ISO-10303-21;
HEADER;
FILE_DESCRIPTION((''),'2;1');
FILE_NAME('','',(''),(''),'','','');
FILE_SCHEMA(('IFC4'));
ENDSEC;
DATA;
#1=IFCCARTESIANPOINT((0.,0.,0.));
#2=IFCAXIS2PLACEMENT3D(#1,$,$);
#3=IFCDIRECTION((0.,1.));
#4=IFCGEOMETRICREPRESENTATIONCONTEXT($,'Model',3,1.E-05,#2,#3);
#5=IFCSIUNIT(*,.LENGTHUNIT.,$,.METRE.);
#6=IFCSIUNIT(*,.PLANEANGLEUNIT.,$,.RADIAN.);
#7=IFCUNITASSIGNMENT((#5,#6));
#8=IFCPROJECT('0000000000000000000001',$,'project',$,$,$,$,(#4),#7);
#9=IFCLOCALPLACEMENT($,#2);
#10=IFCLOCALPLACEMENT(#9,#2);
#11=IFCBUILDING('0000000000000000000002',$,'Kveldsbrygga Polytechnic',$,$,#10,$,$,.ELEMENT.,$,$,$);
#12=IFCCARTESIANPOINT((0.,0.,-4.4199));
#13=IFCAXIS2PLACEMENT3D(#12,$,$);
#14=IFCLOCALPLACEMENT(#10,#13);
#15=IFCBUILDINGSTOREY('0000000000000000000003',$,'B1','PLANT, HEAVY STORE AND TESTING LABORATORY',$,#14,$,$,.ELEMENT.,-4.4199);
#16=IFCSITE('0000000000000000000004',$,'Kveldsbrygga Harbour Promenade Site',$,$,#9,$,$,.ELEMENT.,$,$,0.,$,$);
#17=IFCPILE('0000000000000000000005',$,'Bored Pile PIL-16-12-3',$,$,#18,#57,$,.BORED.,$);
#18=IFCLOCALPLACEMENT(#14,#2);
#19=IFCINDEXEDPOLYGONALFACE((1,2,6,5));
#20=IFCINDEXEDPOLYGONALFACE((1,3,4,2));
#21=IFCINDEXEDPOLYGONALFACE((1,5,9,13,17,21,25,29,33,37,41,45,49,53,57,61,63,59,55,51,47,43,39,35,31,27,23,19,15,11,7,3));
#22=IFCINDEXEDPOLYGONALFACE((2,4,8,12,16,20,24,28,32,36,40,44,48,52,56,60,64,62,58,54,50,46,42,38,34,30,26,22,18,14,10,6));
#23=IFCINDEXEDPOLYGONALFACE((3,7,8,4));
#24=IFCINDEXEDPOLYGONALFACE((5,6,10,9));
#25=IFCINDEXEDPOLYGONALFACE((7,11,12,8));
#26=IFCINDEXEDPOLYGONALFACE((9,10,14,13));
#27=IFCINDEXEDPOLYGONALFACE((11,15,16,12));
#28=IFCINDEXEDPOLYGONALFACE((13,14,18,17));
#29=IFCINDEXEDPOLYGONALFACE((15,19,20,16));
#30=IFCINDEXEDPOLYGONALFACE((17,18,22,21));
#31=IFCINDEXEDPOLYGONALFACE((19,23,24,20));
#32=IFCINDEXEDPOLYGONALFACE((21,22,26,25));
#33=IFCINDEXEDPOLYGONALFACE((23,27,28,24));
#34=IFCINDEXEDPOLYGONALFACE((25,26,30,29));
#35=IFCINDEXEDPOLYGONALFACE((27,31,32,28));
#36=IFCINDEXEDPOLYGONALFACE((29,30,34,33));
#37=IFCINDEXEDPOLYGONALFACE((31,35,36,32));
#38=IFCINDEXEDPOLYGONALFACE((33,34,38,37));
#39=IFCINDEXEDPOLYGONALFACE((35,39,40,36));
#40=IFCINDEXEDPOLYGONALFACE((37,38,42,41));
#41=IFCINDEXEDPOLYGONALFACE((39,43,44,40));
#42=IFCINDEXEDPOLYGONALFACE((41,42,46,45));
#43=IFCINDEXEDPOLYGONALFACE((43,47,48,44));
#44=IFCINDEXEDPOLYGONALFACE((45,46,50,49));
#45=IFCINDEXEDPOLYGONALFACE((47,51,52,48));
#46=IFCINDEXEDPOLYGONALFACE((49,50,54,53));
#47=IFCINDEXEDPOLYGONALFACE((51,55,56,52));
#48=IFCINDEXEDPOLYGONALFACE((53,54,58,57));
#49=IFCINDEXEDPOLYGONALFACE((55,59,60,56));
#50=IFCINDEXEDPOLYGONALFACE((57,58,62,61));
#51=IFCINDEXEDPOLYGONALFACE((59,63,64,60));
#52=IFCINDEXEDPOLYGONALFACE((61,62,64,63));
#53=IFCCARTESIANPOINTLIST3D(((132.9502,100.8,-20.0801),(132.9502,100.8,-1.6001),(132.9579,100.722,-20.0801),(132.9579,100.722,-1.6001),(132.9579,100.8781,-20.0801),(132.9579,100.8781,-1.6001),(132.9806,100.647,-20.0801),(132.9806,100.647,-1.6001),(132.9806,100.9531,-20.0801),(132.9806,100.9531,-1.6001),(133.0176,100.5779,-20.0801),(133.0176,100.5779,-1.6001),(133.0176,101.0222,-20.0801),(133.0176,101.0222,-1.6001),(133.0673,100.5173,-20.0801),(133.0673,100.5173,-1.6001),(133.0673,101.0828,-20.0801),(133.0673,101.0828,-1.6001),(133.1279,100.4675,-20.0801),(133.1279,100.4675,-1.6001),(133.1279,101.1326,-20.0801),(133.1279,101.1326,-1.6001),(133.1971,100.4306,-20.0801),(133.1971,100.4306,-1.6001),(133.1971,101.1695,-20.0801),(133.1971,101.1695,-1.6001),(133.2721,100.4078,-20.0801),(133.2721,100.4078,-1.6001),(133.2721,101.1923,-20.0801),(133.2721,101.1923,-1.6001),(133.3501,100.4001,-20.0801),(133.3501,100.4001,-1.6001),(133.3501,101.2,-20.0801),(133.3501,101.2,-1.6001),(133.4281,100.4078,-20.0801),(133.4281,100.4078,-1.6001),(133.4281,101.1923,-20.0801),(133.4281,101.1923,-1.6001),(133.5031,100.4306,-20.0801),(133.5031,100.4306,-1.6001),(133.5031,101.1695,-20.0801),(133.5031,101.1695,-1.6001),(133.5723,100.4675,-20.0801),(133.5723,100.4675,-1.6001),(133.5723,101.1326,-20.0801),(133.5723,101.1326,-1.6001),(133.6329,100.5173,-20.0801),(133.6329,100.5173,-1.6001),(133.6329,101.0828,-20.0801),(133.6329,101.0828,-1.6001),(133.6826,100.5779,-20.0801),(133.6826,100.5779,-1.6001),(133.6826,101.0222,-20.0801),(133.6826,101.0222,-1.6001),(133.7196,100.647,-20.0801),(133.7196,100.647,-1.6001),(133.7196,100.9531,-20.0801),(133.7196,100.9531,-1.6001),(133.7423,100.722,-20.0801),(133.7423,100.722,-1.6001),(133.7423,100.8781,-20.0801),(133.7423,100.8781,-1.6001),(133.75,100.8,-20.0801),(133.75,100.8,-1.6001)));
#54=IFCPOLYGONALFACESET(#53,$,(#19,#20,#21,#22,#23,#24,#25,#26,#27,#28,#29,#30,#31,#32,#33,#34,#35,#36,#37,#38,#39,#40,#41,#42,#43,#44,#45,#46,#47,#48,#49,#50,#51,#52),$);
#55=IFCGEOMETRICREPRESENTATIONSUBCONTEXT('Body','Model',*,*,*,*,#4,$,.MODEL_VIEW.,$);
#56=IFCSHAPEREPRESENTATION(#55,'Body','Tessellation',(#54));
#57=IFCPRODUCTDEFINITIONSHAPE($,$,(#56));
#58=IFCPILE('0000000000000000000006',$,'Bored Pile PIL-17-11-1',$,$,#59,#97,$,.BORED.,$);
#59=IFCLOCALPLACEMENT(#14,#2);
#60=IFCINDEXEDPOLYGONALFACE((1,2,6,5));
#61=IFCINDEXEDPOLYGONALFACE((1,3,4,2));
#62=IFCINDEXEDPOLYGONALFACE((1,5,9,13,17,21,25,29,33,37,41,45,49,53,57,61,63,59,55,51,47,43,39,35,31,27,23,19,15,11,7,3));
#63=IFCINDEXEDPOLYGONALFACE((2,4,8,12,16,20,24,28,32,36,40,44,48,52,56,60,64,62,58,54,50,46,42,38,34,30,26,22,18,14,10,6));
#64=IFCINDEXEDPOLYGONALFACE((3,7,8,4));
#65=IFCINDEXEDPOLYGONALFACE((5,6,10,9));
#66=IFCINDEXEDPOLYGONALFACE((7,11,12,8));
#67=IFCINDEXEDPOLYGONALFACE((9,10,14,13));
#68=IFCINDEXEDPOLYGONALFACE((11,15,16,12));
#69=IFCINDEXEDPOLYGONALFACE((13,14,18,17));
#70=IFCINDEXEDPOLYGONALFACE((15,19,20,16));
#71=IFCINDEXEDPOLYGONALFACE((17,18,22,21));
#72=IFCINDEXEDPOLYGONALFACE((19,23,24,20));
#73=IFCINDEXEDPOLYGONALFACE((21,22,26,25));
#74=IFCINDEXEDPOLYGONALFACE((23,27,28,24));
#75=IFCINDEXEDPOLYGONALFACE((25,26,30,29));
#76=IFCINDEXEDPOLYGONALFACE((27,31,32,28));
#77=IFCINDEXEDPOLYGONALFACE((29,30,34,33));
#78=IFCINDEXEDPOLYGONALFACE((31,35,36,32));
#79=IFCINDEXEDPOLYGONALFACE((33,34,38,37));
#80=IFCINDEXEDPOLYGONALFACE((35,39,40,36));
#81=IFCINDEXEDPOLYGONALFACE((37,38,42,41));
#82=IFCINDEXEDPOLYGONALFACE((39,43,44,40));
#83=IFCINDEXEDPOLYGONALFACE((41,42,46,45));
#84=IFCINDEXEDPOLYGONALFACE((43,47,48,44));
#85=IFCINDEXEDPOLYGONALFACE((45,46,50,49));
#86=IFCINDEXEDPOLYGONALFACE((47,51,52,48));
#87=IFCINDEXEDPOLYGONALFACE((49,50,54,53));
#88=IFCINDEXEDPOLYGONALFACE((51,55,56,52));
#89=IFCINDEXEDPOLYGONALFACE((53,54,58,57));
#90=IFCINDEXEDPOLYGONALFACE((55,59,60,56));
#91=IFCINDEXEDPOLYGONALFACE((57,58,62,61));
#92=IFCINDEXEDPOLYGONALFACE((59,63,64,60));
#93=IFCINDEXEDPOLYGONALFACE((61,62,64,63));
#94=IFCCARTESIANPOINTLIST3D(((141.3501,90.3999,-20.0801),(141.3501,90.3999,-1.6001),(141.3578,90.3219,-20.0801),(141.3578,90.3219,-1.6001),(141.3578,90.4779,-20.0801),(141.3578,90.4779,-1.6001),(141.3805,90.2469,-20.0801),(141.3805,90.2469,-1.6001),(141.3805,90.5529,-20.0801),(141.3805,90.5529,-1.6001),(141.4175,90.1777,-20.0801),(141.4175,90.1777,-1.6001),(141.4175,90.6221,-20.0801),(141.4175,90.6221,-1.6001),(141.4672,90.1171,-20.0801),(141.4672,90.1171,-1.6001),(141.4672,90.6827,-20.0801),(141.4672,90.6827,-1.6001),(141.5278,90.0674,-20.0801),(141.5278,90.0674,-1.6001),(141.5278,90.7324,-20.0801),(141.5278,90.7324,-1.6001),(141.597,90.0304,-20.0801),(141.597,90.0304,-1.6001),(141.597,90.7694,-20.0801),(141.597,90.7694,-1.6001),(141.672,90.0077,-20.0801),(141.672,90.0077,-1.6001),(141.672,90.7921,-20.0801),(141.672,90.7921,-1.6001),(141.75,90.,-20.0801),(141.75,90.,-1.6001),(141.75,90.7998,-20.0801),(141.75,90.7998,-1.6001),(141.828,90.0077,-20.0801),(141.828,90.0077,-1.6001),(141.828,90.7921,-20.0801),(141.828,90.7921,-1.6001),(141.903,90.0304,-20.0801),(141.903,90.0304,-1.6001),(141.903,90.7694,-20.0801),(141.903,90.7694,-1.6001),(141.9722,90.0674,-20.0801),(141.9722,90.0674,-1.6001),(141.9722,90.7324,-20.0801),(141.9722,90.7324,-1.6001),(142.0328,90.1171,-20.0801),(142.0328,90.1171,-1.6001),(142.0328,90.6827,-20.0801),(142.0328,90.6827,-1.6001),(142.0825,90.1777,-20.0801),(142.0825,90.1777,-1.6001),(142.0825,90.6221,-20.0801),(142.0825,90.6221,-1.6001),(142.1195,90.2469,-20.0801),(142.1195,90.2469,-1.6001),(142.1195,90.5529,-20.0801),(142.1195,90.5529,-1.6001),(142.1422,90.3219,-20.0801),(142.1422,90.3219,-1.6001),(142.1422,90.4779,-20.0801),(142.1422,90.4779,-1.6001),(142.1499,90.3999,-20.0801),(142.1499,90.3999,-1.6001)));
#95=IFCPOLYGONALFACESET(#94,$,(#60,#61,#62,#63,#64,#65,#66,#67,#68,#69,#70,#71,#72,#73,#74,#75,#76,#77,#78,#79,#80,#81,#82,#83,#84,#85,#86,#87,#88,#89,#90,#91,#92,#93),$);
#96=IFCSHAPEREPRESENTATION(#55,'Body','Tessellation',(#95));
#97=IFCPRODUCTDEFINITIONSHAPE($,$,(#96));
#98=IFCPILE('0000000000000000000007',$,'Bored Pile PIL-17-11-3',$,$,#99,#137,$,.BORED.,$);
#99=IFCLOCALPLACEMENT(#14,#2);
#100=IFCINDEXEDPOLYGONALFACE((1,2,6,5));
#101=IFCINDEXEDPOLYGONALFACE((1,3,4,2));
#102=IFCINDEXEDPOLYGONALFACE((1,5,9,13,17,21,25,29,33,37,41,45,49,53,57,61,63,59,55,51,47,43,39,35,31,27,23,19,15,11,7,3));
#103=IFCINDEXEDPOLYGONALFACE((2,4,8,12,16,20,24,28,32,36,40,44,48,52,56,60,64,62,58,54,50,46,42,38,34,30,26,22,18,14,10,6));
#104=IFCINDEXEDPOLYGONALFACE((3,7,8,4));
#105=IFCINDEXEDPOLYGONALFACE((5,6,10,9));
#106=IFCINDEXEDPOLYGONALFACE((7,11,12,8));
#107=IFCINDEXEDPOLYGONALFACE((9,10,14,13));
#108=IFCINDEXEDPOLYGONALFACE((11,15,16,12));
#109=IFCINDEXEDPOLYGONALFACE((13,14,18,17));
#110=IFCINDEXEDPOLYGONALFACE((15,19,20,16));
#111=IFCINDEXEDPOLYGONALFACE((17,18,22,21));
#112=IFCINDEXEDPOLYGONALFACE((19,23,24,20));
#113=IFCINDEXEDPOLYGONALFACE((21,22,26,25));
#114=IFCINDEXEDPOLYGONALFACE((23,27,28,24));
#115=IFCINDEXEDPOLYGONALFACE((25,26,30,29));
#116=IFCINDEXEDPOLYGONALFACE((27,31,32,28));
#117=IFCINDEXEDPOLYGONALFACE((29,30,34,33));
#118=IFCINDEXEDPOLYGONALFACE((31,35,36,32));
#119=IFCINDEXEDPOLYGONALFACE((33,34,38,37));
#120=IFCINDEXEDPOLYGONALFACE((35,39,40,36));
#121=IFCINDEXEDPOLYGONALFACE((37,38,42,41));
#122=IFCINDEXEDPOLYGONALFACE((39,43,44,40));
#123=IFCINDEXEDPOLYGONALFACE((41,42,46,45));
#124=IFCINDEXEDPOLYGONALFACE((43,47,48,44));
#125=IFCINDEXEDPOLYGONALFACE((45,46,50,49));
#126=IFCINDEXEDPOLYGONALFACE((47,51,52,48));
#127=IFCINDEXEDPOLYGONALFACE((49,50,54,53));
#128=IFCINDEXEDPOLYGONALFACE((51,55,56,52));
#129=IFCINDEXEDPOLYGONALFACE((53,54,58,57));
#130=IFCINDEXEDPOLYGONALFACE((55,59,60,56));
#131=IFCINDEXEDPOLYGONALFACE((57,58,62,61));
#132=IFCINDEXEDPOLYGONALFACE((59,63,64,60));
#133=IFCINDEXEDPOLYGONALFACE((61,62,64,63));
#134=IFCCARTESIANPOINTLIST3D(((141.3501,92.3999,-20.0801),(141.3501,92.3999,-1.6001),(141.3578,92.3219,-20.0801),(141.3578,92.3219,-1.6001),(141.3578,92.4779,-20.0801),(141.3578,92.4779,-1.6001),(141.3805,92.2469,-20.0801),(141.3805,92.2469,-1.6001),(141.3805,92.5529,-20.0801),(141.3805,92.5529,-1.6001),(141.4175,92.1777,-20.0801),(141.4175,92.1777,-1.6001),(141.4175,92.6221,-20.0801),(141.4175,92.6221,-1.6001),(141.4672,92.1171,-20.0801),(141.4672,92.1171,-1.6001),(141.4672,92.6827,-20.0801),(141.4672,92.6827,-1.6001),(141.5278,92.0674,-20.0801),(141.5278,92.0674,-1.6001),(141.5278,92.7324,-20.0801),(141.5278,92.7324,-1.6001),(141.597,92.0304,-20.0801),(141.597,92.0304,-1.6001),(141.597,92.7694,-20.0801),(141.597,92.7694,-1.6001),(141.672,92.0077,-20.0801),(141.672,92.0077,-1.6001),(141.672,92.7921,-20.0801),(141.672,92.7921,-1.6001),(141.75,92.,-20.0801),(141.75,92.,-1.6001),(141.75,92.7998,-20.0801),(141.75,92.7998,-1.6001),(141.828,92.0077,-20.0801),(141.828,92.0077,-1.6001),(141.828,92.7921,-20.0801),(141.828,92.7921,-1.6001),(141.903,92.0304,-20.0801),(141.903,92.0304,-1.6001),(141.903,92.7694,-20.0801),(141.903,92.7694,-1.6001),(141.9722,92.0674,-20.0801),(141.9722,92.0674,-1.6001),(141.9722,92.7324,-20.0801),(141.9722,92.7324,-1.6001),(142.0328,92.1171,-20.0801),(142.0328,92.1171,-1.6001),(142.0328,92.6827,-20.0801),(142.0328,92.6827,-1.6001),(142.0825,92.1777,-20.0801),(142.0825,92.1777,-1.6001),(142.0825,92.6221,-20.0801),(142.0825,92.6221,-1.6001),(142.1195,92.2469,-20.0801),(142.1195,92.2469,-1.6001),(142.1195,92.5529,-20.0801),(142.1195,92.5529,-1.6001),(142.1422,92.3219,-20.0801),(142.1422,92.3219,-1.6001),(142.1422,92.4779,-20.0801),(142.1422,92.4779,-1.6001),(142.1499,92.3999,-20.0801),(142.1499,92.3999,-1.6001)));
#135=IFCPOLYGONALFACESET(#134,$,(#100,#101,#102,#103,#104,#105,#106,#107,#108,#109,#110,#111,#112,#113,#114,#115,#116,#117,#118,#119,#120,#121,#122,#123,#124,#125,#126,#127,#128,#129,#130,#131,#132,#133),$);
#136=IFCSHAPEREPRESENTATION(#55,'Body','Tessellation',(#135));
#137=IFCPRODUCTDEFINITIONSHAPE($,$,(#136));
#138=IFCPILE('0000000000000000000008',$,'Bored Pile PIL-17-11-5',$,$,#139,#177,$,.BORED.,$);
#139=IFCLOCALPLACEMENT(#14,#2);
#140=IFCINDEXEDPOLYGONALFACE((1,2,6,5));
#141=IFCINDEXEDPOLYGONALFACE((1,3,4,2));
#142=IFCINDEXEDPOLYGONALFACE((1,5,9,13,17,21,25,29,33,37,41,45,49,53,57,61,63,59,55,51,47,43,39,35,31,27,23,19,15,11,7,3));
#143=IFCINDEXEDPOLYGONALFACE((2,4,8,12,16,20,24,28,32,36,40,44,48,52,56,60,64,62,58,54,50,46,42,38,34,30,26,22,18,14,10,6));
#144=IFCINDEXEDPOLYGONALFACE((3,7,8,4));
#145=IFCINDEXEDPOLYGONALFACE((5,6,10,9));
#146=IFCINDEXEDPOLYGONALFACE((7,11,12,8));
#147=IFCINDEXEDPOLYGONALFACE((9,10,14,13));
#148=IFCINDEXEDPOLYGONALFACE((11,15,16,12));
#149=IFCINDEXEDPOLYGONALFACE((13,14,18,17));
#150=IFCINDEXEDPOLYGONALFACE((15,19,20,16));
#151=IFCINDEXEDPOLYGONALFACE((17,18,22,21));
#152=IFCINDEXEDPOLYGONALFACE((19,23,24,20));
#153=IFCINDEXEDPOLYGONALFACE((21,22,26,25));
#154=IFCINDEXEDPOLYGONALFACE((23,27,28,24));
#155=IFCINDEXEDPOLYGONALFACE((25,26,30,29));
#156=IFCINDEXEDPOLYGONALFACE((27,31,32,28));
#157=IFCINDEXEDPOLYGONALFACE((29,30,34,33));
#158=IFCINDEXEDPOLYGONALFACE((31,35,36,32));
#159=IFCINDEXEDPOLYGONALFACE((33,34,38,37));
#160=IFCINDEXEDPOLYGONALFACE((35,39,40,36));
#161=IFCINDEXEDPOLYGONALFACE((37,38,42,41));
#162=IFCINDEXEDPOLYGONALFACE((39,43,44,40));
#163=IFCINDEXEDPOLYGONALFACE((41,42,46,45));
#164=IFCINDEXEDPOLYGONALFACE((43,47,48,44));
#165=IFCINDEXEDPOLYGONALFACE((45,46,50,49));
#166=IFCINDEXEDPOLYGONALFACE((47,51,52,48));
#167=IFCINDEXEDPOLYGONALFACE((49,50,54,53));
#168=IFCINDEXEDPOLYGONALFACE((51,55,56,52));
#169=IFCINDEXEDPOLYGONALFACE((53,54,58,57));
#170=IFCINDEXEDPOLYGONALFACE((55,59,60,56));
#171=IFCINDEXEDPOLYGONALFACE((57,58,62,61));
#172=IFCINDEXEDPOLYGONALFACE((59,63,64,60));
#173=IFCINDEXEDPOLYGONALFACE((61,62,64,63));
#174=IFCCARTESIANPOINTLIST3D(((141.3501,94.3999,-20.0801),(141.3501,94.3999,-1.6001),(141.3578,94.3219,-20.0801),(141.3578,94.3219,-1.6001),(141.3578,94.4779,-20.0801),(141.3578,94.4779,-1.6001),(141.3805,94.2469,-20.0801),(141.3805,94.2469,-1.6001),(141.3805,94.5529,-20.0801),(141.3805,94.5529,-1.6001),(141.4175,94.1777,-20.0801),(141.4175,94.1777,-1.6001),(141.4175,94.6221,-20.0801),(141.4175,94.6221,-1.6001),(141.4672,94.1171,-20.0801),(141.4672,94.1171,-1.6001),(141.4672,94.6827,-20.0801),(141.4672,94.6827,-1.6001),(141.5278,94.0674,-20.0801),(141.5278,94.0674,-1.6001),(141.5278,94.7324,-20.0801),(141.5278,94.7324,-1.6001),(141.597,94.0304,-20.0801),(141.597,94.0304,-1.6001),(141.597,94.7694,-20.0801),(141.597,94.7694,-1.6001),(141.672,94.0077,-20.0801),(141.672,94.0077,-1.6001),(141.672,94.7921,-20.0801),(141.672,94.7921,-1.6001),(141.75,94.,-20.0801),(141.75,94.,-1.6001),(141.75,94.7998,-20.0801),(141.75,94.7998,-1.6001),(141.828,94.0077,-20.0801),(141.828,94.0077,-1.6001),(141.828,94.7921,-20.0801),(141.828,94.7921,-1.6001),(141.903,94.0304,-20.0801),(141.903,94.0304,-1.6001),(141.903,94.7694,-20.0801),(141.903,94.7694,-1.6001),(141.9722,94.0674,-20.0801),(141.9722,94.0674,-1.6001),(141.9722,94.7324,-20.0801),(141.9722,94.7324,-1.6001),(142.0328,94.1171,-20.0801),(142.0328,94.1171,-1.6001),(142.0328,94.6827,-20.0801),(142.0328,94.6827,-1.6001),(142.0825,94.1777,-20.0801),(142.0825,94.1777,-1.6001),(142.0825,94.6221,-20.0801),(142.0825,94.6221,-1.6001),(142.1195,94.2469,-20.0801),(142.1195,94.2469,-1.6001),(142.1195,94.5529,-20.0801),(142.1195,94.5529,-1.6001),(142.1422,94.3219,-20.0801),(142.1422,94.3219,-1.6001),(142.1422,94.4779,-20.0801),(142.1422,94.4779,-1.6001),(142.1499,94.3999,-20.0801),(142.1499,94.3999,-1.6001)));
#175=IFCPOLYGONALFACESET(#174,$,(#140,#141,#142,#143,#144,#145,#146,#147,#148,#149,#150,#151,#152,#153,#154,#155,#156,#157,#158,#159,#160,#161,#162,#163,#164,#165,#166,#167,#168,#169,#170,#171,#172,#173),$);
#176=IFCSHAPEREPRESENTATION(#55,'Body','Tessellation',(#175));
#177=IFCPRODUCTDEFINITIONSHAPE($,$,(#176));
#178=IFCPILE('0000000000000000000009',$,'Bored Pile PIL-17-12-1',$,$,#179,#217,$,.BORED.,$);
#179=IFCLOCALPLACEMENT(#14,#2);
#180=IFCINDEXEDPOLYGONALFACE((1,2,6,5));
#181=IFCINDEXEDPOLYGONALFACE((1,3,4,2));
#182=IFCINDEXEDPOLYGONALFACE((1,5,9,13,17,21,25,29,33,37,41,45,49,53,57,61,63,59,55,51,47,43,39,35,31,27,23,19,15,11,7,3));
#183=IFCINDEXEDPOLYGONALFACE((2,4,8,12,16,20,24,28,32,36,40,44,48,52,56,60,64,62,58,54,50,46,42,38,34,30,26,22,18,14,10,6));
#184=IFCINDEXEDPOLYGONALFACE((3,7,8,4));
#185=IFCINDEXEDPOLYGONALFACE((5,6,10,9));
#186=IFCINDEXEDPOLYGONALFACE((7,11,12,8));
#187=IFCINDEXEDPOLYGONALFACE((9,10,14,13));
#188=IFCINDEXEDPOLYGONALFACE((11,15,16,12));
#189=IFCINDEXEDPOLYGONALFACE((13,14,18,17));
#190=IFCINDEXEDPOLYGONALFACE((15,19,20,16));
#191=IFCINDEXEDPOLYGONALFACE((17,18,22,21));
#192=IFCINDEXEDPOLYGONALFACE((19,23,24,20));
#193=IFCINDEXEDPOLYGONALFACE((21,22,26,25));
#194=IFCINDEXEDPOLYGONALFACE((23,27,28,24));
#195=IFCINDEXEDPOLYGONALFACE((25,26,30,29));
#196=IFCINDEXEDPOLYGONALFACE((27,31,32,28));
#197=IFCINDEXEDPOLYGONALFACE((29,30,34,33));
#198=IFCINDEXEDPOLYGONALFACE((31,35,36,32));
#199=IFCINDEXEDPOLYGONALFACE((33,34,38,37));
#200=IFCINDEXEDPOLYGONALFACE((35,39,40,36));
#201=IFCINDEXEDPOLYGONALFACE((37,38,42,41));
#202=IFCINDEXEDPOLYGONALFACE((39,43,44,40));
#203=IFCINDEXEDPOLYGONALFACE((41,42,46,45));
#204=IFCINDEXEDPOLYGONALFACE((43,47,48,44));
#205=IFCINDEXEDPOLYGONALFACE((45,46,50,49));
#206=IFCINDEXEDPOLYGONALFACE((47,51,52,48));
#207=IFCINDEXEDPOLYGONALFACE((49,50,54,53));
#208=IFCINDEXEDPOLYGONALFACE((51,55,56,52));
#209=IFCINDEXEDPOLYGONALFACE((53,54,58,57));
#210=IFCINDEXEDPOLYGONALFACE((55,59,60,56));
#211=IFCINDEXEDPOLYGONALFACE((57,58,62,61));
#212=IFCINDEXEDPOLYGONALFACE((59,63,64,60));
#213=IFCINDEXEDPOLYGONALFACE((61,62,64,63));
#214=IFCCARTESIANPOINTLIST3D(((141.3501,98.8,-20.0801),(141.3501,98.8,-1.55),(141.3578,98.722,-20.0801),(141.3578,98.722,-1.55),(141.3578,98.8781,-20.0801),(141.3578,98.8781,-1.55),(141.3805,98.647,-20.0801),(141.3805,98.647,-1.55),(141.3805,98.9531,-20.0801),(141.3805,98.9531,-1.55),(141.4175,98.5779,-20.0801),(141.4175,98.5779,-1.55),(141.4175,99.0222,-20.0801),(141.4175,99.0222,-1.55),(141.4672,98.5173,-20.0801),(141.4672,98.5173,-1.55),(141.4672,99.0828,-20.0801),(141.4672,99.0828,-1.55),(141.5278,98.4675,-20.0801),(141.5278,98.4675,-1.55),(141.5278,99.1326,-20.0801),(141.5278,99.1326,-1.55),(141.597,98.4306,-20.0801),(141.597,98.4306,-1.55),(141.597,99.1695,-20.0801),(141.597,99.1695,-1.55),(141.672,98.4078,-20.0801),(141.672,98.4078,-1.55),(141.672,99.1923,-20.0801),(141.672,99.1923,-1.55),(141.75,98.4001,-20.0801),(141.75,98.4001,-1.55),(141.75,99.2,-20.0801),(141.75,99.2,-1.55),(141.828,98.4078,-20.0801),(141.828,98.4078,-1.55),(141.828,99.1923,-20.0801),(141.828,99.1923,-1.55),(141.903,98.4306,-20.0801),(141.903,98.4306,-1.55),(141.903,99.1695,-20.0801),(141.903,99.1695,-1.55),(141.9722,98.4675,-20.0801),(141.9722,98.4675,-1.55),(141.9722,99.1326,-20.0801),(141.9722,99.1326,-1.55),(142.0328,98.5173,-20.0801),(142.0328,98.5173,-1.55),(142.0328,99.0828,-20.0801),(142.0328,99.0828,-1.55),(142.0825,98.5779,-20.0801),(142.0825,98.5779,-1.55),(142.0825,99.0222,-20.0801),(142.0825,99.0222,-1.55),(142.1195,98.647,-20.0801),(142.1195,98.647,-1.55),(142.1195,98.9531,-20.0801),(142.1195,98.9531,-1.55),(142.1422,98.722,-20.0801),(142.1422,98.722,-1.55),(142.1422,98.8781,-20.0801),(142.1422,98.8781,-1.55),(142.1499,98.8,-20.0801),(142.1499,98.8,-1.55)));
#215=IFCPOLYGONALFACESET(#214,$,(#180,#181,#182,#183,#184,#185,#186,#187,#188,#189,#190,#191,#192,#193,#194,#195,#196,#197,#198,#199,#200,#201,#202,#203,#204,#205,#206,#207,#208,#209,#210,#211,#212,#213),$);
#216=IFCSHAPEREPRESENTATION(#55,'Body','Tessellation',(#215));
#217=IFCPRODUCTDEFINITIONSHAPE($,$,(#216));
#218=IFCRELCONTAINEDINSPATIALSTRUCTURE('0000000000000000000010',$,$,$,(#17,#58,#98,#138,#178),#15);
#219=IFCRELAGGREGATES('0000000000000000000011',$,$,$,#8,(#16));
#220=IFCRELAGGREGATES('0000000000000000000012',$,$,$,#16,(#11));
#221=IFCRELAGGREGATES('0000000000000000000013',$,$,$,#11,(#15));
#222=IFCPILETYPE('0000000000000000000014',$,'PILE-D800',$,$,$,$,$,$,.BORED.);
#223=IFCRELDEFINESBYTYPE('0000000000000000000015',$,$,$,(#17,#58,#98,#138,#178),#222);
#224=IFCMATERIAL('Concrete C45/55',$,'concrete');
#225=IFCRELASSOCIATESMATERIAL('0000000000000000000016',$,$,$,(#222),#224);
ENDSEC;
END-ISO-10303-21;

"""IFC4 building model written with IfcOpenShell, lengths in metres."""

from ifc_helpers import new_model, si_unit, direction, frame, origin, origin_2d, place, context, subcontext, project, spatial, circle, extrude, material, material_profile, profile_set, type_object, element, save


model = new_model("IFC4")

# Units and contexts
model_context = context("Model", 3, precision=1e-05, world=origin(), true_north=direction((0.0, 1.0)))
body_context = subcontext(model_context, "Body", "Model", "MODEL_VIEW")
ifc_project = project(units=[si_unit("LENGTHUNIT", "METRE"), si_unit("PLANEANGLEUNIT", "RADIAN")], contexts=[model_context])

# Site, building, storey
site_placement = place(None, origin())
site = spatial("IfcSite", under=ifc_project, at=site_placement, Name="Kveldsbrygga Harbour Promenade Site", CompositionType="ELEMENT", RefElevation=0.0)
building_placement = place(site_placement, origin())
building = spatial("IfcBuilding", under=site, at=building_placement, Name="Kveldsbrygga Polytechnic", CompositionType="ELEMENT")
storey_placement = place(building_placement, frame((0.0, 0.0, -4.4199)))
storey = spatial("IfcBuildingStorey", under=building, at=storey_placement, Name="B1", Description="PLANT, HEAVY STORE AND TESTING LABORATORY", CompositionType="ELEMENT", Elevation=-4.4199)

# Shared definitions
ifc_material_1 = material(Name="Concrete C45/55", Category="concrete")

# Piles
ifc_material_profile_1 = material_profile(ifc_material_1, circle(Radius=0.3999, at=origin_2d()), Name="PILE D800")
ifc_profile_set_1 = profile_set([ifc_material_profile_1], Name="Concrete C45/55")
pile_type = type_object("IfcPileType", Name="PILE-D800", PredefinedType="BORED", material=ifc_profile_set_1)
for number, where, z_axis, x_axis, name in (
    (1, (133.3501, 100.8, -1.6001), (0.0, 0.0, -1.0), (1.0, 0.0, 0.0), "Bored Pile PIL-16-12-3"),
    (2, (141.75, 90.3999, -1.6001), (0.0, 0.0, -1.0), (1.0, 0.0, 0.0), "Bored Pile PIL-17-11-1"),
    (3, (141.75, 92.3999, -1.6001), (0.0, 0.0, -1.0), (1.0, 0.0, 0.0), "Bored Pile PIL-17-11-3"),
    (4, (141.75, 94.3999, -1.6001), (0.0, 0.0, -1.0), (1.0, 0.0, 0.0), "Bored Pile PIL-17-11-5"),
):
    element("IfcPile", number, at=place(storey_placement, frame(where, z_axis=z_axis, x_axis=x_axis)), inside=storey, type_object=pile_type, Name=name, PredefinedType="BORED", context=body_context, shape_type="SweptSolid", body=[
        extrude(circle(Radius=0.3999, at=origin_2d()), origin(), (0.0, 0.0, 1.0), 18.48),
    ])
pile_placement = place(storey_placement, frame((141.75, 98.8, -1.55), z_axis=(0.0, 0.0, -1.0), x_axis=(1.0, 0.0, 0.0)))
element("IfcPile", 5, at=pile_placement, inside=storey, type_object=pile_type, Name="Bored Pile PIL-17-12-1", PredefinedType="BORED", context=body_context, shape_type="SweptSolid", body=[
    extrude(circle(Radius=0.3999, at=origin_2d()), origin(), (0.0, 0.0, 1.0), 18.53),
])

save(model, "model.ifc")
